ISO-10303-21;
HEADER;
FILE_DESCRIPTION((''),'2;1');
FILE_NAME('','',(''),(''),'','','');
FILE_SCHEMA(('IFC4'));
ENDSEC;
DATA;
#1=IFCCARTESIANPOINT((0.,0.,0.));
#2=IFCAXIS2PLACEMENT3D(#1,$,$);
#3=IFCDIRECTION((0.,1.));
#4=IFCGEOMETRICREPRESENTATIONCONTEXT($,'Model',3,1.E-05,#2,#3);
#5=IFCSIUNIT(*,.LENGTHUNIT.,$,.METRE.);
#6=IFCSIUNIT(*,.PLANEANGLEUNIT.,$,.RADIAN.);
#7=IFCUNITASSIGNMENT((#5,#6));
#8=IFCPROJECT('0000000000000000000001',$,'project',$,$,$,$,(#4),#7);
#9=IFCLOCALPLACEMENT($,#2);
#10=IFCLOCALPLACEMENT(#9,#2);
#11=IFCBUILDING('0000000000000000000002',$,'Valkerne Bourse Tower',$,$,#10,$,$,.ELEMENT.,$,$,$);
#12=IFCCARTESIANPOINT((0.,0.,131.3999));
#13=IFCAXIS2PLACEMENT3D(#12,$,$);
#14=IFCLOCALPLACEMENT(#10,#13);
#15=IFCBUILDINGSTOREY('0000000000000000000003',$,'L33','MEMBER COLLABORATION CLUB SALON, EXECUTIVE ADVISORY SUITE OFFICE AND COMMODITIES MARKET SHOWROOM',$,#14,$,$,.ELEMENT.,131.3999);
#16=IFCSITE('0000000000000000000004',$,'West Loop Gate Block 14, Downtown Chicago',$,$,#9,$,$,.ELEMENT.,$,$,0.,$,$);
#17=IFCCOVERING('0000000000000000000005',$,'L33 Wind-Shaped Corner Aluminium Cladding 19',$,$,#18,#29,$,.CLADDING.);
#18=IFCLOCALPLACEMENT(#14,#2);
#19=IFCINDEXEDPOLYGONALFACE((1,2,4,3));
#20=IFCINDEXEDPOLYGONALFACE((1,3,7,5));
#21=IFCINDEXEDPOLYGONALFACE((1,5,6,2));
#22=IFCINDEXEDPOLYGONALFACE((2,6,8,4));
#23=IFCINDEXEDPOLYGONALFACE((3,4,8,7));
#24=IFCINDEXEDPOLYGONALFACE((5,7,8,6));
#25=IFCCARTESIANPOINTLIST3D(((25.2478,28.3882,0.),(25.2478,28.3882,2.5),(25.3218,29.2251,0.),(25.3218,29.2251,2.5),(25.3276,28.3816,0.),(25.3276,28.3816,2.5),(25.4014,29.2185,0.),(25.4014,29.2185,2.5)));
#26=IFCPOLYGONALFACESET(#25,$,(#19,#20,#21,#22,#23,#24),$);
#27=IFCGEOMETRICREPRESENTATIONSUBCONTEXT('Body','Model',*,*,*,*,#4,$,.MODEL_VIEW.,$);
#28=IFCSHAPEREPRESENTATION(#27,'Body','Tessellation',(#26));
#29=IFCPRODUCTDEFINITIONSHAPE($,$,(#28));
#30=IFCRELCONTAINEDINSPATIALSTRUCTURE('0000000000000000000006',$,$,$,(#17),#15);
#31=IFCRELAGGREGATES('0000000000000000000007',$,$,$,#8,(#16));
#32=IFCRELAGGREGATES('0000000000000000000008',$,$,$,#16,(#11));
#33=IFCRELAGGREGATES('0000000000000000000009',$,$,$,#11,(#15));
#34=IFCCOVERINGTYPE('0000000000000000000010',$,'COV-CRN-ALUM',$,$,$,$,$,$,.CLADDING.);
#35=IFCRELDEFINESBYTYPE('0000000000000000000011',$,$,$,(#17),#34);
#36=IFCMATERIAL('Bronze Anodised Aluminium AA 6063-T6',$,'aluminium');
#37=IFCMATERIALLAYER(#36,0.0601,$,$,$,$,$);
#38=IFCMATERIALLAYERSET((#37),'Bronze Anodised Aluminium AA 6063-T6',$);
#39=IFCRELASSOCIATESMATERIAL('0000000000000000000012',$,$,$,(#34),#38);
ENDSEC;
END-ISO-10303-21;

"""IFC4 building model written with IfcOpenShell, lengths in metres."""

from ifc_helpers import new_model, si_unit, direction, frame, origin, place, context, subcontext, project, spatial, polyline, outline, extrude, material, layer, layer_set, type_object, element, save


model = new_model("IFC4")

# Units and contexts
model_context = context("Model", 3, precision=1e-05, world=origin(), true_north=direction((0.0, 1.0)))
body_context = subcontext(model_context, "Body", "Model", "MODEL_VIEW")
ifc_project = project(units=[si_unit("LENGTHUNIT", "METRE"), si_unit("PLANEANGLEUNIT", "RADIAN")], contexts=[model_context])

# Site, building, storey
site_placement = place(None, origin())
site = spatial("IfcSite", under=ifc_project, at=site_placement, Name="West Loop Gate Block 14, Downtown Chicago", CompositionType="ELEMENT", RefElevation=0.0)
building_placement = place(site_placement, origin())
building = spatial("IfcBuilding", under=site, at=building_placement, Name="Valkerne Bourse Tower", CompositionType="ELEMENT")
storey_placement = place(building_placement, frame((0.0, 0.0, 131.3999)))
storey = spatial("IfcBuildingStorey", under=building, at=storey_placement, Name="L33", Description="MEMBER COLLABORATION CLUB SALON, EXECUTIVE ADVISORY SUITE OFFICE AND COMMODITIES MARKET SHOWROOM", CompositionType="ELEMENT", Elevation=131.3999)

# Covering
ifc_material_1 = material(Name="Bronze Anodised Aluminium AA 6063-T6", Category="aluminium")
ifc_layer_1 = layer(ifc_material_1, 0.0601)
ifc_layer_set_1 = layer_set([ifc_layer_1], Name="Bronze Anodised Aluminium AA 6063-T6")
covering_type = type_object("IfcCoveringType", Name="COV-CRN-ALUM", PredefinedType="CLADDING", material=ifc_layer_set_1)
covering_1_placement = place(storey_placement, origin())
element("IfcCovering", 1, at=covering_1_placement, inside=storey, type_object=covering_type, Name="L33 Wind-Shaped Corner Aluminium Cladding 19", PredefinedType="CLADDING", context=body_context, shape_type="SweptSolid", body=[
    extrude(outline(polyline([(25.3218, 29.2251), (25.4014, 29.2185), (25.3276, 28.3816), (25.2478, 28.3882), (25.3218, 29.2251)])), origin(), (0.0, 0.0, 1.0), 2.5),
])

save(model, "model.ifc")
